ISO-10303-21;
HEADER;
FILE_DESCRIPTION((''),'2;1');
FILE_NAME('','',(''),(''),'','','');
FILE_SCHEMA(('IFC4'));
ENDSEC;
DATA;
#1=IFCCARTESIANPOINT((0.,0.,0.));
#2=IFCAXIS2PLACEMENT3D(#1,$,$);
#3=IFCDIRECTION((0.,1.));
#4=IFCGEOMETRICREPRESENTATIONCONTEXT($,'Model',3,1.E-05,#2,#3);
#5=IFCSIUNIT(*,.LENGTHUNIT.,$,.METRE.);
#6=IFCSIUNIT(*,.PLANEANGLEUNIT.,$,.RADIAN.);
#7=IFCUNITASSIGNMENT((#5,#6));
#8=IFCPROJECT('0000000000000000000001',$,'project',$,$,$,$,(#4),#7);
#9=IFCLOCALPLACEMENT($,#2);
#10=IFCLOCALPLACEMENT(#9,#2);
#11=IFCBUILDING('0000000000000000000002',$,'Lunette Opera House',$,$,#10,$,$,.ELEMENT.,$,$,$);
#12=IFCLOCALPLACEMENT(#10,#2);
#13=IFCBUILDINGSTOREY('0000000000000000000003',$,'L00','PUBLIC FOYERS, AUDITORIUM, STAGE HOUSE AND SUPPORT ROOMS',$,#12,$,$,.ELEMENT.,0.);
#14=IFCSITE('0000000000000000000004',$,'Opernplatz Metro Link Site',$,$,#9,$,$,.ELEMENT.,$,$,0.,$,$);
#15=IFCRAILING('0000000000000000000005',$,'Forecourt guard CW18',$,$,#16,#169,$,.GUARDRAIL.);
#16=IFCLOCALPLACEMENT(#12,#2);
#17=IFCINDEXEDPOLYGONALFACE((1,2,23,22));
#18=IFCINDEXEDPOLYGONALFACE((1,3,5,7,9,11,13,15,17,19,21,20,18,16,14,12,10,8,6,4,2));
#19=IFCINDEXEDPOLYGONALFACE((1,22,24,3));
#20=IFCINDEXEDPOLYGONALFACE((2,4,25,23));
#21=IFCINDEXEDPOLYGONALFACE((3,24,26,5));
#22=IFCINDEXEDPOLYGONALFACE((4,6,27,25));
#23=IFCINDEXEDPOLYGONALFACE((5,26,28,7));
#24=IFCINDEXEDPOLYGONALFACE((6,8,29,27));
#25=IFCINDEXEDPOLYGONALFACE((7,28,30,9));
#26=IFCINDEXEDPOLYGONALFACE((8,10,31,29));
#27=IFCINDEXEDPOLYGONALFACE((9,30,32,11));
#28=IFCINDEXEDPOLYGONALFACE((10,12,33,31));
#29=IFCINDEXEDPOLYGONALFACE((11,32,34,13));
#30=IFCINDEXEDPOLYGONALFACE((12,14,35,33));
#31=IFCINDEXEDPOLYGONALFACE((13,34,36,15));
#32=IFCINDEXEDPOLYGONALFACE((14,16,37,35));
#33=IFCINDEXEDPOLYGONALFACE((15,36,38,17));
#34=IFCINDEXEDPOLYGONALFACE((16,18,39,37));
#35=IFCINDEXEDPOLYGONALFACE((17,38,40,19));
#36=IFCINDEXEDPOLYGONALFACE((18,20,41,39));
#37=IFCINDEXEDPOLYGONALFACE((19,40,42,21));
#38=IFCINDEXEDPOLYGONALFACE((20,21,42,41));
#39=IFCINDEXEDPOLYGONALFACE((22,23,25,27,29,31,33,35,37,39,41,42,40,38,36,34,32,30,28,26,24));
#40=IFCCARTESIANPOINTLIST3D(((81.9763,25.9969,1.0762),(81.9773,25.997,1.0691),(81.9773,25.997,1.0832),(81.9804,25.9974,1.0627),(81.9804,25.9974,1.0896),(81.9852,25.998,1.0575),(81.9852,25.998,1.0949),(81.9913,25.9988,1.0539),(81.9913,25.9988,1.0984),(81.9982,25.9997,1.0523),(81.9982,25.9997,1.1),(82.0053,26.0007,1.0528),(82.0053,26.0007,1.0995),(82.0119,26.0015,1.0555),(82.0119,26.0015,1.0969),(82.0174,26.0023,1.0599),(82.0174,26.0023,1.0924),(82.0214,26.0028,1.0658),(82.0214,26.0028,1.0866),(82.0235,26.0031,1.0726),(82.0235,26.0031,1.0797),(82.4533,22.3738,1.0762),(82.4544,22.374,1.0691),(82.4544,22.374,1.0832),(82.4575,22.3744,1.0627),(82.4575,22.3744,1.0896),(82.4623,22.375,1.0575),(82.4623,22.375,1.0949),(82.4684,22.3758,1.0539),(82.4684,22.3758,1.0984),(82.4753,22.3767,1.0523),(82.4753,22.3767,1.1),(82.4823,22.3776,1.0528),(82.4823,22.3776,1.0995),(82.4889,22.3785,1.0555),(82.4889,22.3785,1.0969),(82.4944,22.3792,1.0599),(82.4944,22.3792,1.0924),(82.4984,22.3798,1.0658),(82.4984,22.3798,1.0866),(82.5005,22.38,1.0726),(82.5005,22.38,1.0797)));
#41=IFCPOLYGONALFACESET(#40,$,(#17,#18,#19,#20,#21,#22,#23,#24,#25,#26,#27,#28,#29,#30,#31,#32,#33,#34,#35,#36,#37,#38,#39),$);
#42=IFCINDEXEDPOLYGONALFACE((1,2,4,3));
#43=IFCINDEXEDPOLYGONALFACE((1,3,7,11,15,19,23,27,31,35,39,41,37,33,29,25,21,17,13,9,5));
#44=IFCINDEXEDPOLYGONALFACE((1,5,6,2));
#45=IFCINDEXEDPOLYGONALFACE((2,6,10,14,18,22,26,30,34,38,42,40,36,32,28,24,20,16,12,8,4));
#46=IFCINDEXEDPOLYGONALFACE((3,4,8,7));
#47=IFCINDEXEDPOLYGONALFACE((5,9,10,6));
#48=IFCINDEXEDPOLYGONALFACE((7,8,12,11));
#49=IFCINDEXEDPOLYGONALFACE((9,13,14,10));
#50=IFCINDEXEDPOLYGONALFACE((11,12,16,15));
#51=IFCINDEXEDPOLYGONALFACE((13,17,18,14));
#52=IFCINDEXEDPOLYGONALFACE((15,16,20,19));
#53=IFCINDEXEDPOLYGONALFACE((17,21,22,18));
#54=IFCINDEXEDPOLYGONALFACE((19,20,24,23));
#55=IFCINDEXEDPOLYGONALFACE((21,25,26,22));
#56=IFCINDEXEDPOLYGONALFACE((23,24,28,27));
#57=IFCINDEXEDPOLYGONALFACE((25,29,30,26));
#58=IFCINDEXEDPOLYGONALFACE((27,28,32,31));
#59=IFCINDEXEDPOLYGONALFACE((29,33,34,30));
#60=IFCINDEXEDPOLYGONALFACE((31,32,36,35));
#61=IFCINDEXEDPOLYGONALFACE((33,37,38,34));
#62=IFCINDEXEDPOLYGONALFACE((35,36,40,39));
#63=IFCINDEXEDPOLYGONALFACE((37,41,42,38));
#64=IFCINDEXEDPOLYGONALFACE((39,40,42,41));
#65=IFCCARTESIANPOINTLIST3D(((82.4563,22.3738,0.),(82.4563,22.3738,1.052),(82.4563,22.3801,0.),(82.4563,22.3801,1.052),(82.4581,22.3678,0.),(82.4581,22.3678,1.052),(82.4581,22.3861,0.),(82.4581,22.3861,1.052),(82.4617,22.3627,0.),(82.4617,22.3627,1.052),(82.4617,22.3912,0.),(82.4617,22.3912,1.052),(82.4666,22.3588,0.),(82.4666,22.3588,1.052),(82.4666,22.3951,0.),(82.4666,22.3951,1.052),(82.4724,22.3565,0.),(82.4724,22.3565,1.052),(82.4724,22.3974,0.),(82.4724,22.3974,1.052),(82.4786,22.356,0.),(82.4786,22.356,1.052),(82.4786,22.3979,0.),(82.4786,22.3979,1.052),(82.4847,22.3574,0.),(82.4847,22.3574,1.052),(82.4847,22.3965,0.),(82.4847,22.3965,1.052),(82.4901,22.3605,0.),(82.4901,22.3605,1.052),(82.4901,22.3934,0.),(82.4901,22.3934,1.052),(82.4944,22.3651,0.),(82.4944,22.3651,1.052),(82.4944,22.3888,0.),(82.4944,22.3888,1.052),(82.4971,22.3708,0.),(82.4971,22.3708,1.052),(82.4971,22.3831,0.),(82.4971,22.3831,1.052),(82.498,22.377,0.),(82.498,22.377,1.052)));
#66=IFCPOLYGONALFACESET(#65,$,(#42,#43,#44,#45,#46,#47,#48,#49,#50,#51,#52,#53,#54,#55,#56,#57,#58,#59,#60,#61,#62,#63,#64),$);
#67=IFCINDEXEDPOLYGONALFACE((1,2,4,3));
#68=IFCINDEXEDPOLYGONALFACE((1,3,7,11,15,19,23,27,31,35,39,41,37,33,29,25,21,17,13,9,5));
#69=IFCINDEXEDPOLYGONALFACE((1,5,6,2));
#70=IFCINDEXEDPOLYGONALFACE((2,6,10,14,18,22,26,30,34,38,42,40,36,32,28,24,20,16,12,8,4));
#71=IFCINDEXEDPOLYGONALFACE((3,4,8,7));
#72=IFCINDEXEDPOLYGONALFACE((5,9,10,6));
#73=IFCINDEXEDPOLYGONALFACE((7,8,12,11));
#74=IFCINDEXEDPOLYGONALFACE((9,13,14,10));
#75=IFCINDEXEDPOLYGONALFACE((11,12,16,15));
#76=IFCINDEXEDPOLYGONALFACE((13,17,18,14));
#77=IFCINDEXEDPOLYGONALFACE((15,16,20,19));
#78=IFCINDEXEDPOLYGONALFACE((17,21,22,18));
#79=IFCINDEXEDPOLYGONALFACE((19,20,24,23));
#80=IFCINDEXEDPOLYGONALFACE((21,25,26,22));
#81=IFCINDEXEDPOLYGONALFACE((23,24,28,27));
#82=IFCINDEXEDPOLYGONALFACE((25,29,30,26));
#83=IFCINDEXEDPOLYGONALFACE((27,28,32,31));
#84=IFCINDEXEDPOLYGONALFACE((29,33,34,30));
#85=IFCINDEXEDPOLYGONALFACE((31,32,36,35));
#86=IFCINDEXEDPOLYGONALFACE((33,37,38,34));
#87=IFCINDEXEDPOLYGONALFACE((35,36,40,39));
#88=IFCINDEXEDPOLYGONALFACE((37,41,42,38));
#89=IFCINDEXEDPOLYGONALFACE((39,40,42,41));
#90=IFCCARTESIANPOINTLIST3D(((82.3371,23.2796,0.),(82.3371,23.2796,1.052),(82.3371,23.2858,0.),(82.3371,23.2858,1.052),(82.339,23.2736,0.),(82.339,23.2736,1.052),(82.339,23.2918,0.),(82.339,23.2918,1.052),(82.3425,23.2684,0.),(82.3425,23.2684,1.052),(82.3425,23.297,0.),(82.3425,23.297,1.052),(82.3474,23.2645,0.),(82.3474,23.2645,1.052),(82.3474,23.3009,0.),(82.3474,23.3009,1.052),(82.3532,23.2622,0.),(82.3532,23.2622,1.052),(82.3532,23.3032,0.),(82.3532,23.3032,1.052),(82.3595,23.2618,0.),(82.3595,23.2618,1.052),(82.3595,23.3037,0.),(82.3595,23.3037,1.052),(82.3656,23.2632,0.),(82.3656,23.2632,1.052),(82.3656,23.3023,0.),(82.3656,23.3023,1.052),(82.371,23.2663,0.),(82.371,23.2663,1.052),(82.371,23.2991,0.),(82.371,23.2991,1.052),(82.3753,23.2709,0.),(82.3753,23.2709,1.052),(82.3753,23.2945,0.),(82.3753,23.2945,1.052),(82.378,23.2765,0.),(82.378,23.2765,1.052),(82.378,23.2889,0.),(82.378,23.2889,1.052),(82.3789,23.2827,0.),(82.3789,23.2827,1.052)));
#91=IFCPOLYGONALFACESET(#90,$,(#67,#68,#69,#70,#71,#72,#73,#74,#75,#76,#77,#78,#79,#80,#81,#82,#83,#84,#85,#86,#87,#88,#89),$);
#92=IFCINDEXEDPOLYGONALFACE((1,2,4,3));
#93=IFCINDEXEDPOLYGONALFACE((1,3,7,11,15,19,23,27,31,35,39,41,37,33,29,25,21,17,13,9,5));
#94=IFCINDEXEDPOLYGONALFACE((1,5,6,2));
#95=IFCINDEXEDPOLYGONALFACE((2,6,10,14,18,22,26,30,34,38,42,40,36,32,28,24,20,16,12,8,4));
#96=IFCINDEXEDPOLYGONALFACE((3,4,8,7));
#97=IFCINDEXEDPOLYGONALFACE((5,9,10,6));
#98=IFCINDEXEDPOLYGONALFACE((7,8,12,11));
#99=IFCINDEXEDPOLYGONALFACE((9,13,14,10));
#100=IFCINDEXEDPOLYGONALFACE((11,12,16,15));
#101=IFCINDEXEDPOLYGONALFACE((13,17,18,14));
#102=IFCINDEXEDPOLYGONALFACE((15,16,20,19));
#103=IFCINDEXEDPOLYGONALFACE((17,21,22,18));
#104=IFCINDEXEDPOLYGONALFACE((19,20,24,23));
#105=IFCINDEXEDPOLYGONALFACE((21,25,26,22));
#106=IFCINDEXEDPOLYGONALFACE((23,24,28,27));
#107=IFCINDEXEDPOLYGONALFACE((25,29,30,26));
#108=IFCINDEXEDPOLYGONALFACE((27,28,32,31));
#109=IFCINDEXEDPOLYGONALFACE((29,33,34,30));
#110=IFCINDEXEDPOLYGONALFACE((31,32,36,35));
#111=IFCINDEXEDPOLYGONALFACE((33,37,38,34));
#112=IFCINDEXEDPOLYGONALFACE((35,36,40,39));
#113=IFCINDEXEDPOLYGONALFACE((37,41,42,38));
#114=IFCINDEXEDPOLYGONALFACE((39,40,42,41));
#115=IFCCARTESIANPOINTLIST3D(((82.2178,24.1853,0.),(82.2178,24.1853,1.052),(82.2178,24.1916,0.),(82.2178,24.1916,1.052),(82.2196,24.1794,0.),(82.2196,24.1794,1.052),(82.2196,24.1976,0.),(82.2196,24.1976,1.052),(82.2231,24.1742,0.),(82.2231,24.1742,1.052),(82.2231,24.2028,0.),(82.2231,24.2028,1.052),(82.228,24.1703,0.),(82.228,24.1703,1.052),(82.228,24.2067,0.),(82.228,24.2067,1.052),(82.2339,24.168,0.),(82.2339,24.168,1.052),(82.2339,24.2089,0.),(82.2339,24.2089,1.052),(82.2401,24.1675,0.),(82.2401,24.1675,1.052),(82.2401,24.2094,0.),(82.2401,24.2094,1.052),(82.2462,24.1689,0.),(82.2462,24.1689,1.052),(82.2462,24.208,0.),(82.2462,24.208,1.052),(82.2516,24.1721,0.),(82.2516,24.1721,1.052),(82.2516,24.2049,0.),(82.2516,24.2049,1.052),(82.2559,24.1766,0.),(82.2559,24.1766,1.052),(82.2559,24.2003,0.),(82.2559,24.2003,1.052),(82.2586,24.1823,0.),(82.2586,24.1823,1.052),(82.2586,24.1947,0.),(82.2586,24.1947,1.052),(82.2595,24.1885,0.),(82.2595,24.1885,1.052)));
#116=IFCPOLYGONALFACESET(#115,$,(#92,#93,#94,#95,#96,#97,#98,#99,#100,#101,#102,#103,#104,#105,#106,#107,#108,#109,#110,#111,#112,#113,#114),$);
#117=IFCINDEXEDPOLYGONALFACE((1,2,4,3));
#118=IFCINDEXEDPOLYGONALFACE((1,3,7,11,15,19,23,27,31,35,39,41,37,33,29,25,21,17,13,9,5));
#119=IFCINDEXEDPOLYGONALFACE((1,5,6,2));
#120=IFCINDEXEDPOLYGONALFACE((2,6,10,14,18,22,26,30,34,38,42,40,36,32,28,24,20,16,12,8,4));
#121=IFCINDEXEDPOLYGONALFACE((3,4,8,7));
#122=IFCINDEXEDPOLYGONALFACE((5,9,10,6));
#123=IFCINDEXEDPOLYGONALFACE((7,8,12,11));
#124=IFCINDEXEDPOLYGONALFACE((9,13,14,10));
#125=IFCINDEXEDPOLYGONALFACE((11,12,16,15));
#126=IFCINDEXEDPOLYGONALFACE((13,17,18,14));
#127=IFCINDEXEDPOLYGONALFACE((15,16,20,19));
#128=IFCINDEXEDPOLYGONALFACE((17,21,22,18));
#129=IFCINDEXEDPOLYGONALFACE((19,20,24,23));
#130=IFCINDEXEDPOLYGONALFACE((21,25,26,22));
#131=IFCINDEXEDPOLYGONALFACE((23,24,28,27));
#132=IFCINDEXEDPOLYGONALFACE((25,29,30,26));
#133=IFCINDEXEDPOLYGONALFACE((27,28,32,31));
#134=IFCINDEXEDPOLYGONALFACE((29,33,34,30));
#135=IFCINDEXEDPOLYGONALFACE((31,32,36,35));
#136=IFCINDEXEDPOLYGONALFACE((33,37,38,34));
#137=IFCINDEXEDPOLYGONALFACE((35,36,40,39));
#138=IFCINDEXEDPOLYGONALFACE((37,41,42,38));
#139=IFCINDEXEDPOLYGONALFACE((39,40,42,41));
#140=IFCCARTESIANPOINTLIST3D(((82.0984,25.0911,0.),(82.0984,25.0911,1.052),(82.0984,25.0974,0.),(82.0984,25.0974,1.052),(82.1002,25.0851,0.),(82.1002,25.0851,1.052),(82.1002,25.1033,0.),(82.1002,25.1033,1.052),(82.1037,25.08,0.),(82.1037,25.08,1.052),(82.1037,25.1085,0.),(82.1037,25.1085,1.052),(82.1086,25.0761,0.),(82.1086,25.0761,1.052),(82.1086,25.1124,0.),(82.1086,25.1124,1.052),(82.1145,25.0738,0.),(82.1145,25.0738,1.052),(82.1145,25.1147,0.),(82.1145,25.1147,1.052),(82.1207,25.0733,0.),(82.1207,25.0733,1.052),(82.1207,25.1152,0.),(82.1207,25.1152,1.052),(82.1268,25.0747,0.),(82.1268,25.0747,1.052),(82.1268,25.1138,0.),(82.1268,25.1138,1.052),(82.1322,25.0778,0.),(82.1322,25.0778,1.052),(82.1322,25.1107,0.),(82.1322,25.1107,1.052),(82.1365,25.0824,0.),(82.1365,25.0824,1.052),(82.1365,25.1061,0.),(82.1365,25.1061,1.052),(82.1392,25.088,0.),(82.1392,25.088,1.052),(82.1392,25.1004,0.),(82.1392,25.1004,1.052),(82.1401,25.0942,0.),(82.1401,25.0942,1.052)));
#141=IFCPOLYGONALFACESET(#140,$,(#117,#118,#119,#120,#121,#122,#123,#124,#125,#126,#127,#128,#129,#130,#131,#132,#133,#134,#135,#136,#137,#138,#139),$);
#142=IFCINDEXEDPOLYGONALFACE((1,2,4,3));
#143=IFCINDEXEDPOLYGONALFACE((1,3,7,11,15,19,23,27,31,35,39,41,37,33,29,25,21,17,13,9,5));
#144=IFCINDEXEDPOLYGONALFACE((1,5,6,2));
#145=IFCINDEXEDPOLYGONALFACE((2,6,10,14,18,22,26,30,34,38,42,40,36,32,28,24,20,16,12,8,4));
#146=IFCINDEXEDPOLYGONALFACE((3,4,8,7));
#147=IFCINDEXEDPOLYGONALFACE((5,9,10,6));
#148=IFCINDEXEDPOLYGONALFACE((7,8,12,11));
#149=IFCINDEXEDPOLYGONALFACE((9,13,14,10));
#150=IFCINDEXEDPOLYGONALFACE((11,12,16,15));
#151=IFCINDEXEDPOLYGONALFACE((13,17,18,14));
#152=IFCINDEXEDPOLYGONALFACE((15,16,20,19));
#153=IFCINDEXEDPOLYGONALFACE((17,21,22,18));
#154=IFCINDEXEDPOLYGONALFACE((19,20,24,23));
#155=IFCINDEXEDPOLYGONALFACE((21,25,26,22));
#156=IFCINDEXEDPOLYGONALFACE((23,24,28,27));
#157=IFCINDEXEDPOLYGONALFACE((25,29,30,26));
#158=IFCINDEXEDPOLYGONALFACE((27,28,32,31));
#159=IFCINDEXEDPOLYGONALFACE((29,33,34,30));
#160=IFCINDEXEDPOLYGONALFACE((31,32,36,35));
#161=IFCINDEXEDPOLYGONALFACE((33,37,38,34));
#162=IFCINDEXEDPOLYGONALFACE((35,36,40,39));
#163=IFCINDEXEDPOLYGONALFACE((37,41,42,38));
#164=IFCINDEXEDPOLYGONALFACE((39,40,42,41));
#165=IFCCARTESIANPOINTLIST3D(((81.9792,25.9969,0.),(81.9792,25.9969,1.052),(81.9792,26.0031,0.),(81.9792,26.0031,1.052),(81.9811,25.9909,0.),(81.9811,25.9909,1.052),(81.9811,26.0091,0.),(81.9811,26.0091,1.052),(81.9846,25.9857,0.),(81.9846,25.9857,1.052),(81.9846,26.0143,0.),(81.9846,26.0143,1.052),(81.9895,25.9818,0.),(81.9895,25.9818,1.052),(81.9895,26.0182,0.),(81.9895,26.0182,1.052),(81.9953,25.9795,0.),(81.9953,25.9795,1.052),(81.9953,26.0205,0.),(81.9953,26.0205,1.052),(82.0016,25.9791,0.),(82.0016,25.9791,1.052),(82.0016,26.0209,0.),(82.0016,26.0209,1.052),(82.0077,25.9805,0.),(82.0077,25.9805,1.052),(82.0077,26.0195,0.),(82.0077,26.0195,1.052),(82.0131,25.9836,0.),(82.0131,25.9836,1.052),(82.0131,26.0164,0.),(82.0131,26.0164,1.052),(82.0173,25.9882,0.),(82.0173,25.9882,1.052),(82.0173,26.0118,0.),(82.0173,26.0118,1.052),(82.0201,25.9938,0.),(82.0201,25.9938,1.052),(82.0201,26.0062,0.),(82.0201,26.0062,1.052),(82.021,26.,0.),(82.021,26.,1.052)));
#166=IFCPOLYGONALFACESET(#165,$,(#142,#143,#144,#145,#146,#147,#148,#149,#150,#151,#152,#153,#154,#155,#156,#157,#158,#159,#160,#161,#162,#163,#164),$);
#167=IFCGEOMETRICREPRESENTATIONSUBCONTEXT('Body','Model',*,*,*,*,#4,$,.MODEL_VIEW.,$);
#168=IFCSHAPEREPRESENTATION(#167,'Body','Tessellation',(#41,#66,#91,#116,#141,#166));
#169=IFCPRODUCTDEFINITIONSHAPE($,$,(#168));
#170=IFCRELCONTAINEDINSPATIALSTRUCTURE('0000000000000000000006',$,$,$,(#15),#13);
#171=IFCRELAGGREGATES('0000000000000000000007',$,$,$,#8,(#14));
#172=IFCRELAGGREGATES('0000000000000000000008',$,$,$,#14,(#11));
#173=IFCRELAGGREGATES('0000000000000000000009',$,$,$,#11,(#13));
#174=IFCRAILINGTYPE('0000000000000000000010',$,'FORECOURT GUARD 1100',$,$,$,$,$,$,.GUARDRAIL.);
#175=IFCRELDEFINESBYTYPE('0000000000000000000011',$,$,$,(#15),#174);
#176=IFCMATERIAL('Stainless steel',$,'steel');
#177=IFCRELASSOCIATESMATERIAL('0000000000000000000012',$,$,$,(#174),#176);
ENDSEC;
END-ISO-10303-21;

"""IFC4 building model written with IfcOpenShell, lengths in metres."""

from ifc_helpers import new_model, si_unit, direction, frame, origin, origin_2d, place, context, subcontext, project, spatial, circle, extrude, material, type_object, element, save


model = new_model("IFC4")

# Units and contexts
model_context = context("Model", 3, precision=1e-05, world=origin(), true_north=direction((0.0, 1.0)))
body_context = subcontext(model_context, "Body", "Model", "MODEL_VIEW")
ifc_project = project(units=[si_unit("LENGTHUNIT", "METRE"), si_unit("PLANEANGLEUNIT", "RADIAN")], contexts=[model_context])

# Site, building, storey
site_placement = place(None, origin())
site = spatial("IfcSite", under=ifc_project, at=site_placement, Name="Opernplatz Metro Link Site", CompositionType="ELEMENT", RefElevation=0.0)
building_placement = place(site_placement, origin())
building = spatial("IfcBuilding", under=site, at=building_placement, Name="Lunette Opera House", CompositionType="ELEMENT")
storey_placement = place(building_placement, origin())
storey = spatial("IfcBuildingStorey", under=building, at=storey_placement, Name="L00", Description="PUBLIC FOYERS, AUDITORIUM, STAGE HOUSE AND SUPPORT ROOMS", CompositionType="ELEMENT", Elevation=0.0)

# Railing
ifc_material_1 = material(Name="Stainless steel", Category="steel")
railing_type = type_object("IfcRailingType", Name="FORECOURT GUARD 1100", PredefinedType="GUARDRAIL", material=ifc_material_1)
railing_1_placement = place(storey_placement, frame((82.4771, 22.377, 0.0)))
element("IfcRailing", 1, at=railing_1_placement, inside=storey, type_object=railing_type, Name="Forecourt guard CW18", PredefinedType="GUARDRAIL", context=body_context, shape_type="SweptSolid", body=[
    extrude(circle(Radius=0.0239, at=origin_2d()), frame((0.0, 0.0, 1.0762), z_axis=(-0.130544, 0.991442, 0.0), x_axis=(-0.991442, -0.130544, 0.0)), (0.0, 0.0, 1.0), 3.6543),
    extrude(circle(Radius=0.021, at=origin_2d()), origin(), (0.0, 0.0, 1.0), 1.052),
    extrude(circle(Radius=0.021, at=origin_2d()), frame((-0.1191, 0.9058, 0.0)), (0.0, 0.0, 1.0), 1.052),
    extrude(circle(Radius=0.021, at=origin_2d()), frame((-0.2385, 1.8115, 0.0)), (0.0, 0.0, 1.0), 1.052),
    extrude(circle(Radius=0.021, at=origin_2d()), frame((-0.3579, 2.7173, 0.0)), (0.0, 0.0, 1.0), 1.052),
    extrude(circle(Radius=0.021, at=origin_2d()), frame((-0.4771, 3.623, 0.0)), (0.0, 0.0, 1.0), 1.052),
])

save(model, "model.ifc")
